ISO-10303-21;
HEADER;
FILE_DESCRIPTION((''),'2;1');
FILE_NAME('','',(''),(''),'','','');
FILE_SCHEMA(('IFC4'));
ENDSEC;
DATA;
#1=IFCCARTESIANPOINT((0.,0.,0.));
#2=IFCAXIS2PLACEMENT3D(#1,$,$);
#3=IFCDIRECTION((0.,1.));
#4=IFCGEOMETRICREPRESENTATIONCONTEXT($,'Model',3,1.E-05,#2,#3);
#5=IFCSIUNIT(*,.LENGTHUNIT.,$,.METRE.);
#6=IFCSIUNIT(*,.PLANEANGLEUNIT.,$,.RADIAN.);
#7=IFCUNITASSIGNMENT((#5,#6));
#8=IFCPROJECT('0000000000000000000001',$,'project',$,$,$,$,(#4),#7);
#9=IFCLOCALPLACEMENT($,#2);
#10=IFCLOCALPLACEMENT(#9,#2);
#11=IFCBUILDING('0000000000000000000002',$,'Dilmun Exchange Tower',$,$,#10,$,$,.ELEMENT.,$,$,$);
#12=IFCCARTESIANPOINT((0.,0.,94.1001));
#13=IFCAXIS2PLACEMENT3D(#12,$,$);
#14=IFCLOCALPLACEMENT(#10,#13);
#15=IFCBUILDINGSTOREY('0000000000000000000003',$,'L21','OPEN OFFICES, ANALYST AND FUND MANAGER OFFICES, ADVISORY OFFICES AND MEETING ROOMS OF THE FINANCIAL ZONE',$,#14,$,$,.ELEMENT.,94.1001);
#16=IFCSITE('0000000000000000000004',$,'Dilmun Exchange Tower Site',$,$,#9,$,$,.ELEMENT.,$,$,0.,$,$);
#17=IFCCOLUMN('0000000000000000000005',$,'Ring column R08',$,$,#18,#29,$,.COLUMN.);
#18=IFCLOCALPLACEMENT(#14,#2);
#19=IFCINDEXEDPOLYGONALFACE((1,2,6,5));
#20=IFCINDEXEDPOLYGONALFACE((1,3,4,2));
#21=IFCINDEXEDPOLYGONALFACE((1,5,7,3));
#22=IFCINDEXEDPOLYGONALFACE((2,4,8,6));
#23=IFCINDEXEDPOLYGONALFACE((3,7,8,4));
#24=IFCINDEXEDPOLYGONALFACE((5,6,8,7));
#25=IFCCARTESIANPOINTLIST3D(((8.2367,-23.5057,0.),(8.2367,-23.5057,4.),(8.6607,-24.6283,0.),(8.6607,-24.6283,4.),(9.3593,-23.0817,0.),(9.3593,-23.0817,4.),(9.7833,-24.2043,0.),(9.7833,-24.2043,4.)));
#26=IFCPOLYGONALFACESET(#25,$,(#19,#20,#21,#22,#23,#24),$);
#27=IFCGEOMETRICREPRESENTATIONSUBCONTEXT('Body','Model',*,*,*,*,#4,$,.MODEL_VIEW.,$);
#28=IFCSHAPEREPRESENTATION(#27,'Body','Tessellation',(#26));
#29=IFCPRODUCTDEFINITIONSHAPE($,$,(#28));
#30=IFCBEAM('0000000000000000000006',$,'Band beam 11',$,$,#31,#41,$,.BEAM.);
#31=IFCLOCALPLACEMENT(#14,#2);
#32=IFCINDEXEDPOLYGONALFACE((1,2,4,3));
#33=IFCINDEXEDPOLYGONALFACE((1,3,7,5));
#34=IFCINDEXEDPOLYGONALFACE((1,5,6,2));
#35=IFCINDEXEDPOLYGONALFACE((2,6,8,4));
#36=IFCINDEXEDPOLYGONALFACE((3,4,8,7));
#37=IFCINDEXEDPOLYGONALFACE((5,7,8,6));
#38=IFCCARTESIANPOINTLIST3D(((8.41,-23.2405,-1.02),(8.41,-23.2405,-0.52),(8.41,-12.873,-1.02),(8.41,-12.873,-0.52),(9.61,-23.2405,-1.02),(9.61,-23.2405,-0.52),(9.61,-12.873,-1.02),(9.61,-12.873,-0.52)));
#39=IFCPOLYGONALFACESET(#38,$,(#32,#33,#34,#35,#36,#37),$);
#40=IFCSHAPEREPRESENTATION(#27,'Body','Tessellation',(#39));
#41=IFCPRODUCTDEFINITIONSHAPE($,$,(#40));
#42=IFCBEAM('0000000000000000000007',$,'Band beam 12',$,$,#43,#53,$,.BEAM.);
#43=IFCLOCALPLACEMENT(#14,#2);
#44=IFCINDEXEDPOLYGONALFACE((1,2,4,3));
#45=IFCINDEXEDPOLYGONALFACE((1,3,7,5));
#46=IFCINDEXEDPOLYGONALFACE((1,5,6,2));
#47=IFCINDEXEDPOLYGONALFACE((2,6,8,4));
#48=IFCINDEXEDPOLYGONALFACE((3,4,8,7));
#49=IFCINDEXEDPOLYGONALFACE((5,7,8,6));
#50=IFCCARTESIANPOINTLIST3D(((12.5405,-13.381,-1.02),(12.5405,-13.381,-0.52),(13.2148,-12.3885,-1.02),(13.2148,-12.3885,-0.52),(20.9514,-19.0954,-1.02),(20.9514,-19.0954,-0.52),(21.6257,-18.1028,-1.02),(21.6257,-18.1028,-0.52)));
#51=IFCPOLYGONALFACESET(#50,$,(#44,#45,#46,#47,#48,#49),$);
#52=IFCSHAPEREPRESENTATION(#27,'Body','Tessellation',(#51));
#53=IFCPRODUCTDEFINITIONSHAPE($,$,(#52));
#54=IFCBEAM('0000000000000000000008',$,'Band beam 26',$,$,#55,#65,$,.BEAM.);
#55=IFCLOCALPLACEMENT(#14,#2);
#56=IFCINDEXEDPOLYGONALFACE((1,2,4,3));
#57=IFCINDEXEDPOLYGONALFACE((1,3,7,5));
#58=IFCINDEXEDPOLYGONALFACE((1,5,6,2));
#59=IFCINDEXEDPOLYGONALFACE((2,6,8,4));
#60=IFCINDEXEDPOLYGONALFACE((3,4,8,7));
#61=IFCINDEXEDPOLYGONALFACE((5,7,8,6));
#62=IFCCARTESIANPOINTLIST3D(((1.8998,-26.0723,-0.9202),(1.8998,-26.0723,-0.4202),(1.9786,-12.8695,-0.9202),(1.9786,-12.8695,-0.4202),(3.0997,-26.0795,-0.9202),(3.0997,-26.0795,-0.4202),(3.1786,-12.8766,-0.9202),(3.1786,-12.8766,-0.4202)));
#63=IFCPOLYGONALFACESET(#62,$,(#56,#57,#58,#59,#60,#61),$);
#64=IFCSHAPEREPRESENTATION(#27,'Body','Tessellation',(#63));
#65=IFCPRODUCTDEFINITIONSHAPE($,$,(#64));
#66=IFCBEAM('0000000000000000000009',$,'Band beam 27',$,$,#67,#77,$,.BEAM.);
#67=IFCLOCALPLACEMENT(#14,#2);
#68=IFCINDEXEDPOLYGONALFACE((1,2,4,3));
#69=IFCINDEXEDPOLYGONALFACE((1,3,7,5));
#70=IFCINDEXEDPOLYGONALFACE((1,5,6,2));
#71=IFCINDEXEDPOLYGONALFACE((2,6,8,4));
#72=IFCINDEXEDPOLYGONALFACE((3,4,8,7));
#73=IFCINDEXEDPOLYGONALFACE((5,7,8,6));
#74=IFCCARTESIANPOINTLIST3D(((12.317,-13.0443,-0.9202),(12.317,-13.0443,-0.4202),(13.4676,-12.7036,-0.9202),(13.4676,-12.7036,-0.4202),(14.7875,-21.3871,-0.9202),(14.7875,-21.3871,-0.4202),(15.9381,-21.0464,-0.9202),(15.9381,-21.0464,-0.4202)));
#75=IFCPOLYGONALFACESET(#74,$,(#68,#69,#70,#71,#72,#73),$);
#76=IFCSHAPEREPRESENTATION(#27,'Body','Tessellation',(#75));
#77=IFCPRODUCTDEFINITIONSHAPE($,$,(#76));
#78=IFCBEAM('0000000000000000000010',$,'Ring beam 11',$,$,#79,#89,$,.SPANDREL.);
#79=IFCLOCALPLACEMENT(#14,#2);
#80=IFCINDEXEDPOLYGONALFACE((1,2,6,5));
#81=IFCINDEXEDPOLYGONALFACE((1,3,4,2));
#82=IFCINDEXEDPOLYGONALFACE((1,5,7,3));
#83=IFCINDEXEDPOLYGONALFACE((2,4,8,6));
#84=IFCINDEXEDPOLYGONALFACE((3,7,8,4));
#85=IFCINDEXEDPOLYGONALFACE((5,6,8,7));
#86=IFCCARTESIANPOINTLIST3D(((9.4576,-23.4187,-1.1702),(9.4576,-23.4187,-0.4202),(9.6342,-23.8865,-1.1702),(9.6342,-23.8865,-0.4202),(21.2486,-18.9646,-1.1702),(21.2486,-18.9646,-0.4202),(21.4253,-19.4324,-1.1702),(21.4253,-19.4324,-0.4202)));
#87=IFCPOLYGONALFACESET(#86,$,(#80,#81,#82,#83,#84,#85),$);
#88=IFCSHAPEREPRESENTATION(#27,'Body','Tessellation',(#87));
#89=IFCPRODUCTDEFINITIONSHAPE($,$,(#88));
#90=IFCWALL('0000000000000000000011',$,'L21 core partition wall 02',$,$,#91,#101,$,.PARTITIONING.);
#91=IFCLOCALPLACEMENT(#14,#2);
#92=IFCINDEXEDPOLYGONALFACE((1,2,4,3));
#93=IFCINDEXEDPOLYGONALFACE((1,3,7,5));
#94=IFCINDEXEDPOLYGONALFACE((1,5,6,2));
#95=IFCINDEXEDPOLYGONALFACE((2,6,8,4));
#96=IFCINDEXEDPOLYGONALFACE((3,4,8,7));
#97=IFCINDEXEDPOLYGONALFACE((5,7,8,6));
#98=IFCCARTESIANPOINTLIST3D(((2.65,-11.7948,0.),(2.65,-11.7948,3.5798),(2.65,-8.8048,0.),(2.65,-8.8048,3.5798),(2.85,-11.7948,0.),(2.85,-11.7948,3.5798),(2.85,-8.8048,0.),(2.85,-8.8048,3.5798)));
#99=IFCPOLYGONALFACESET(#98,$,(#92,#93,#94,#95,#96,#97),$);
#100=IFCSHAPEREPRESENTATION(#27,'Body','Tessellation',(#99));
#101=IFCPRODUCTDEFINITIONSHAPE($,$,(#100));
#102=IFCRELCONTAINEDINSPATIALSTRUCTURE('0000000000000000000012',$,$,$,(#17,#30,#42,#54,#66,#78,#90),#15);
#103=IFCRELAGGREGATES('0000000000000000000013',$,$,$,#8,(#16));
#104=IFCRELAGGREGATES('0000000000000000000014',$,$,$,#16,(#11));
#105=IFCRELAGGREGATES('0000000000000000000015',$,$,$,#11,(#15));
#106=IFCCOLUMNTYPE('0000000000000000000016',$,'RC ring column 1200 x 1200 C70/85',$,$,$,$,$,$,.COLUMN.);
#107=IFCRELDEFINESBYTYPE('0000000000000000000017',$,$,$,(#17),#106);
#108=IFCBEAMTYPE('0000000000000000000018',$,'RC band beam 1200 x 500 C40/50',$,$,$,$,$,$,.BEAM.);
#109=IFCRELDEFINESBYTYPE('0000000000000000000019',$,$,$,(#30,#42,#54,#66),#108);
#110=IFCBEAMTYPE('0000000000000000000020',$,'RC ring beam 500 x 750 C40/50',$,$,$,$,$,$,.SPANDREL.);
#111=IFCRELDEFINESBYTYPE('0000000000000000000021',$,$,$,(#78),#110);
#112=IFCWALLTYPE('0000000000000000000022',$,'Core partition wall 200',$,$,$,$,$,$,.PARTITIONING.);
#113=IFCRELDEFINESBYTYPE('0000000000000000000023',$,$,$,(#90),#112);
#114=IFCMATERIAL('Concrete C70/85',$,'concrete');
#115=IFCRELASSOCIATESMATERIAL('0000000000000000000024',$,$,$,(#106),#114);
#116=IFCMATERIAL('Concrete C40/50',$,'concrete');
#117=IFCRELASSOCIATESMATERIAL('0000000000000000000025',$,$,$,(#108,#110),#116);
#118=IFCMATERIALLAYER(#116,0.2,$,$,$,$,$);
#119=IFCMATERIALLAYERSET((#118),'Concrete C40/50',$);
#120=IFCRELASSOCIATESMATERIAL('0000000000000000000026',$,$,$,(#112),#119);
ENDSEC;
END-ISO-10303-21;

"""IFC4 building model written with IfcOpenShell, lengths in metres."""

from ifc_helpers import new_model, si_unit, direction, frame, frame_2d, origin, origin_2d, place, context, subcontext, project, spatial, rectangle, extrude, material, layer, layer_set, material_profile, profile_set, type_object, element, save


model = new_model("IFC4")

# Units and contexts
model_context = context("Model", 3, precision=1e-05, world=origin(), true_north=direction((0.0, 1.0)))
body_context = subcontext(model_context, "Body", "Model", "MODEL_VIEW")
ifc_project = project(units=[si_unit("LENGTHUNIT", "METRE"), si_unit("PLANEANGLEUNIT", "RADIAN")], contexts=[model_context])

# Site, building, storey
site_placement = place(None, origin())
site = spatial("IfcSite", under=ifc_project, at=site_placement, Name="Dilmun Exchange Tower Site", CompositionType="ELEMENT", RefElevation=0.0)
building_placement = place(site_placement, origin())
building = spatial("IfcBuilding", under=site, at=building_placement, Name="Dilmun Exchange Tower", CompositionType="ELEMENT")
storey_placement = place(building_placement, frame((0.0, 0.0, 94.1001)))
storey = spatial("IfcBuildingStorey", under=building, at=storey_placement, Name="L21", Description="OPEN OFFICES, ANALYST AND FUND MANAGER OFFICES, ADVISORY OFFICES AND MEETING ROOMS OF THE FINANCIAL ZONE", CompositionType="ELEMENT", Elevation=94.1001)

# Column
ifc_material_1 = material(Name="Concrete C70/85", Category="concrete")
ifc_material_profile_1 = material_profile(ifc_material_1, rectangle(XDim=1.2, YDim=1.2, at=origin_2d()), Name="1200 x 1200")
ifc_profile_set_1 = profile_set([ifc_material_profile_1], Name="Concrete C70/85")
column_type = type_object("IfcColumnType", Name="RC ring column 1200 x 1200 C70/85", PredefinedType="COLUMN", material=ifc_profile_set_1)
column_placement = place(storey_placement, frame((9.01, -23.855, 0.0), z_axis=(0.0, 0.0, 1.0), x_axis=(0.935492, 0.353349, 0.0)))
element("IfcColumn", 1, at=column_placement, inside=storey, type_object=column_type, Name="Ring column R08", PredefinedType="COLUMN", context=body_context, shape_type="SweptSolid", body=[
    extrude(rectangle(XDim=1.2, YDim=1.2, at=origin_2d()), origin(), (0.0, 0.0, 1.0), 4.0),
])

# Beams
ifc_material_2 = material(Name="Concrete C40/50", Category="concrete")
ifc_material_profile_2 = material_profile(ifc_material_2, rectangle(XDim=1.2, YDim=0.5, at=origin_2d()), Name="1200 x 500")
ifc_profile_set_2 = profile_set([ifc_material_profile_2], Name="Concrete C40/50")
beam_type_1 = type_object("IfcBeamType", Name="RC band beam 1200 x 500 C40/50", PredefinedType="BEAM", material=ifc_profile_set_2)
beam_1_placement = place(storey_placement, frame((9.01, -23.2405, -0.77), z_axis=(0.0, 1.0, 0.0), x_axis=(-1.0, 0.0, 0.0)))
element("IfcBeam", 2, at=beam_1_placement, inside=storey, type_object=beam_type_1, Name="Band beam 11", PredefinedType="BEAM", context=body_context, shape_type="SweptSolid", body=[
    extrude(rectangle(XDim=1.2, YDim=0.5, at=origin_2d()), origin(), (0.0, 0.0, 1.0), 10.3674),
])
beam_2_placement = place(storey_placement, frame((21.2886, -18.5991, -0.77), z_axis=(-0.827157, 0.56197, 0.0), x_axis=(-0.56197, -0.827157, 0.0)))
element("IfcBeam", 3, at=beam_2_placement, inside=storey, type_object=beam_type_1, Name="Band beam 12", PredefinedType="BEAM", context=body_context, shape_type="SweptSolid", body=[
    extrude(rectangle(XDim=1.2, YDim=0.5, at=origin_2d()), origin(), (0.0, 0.0, 1.0), 10.1685),
])
beam_3_placement = place(storey_placement, frame((2.4998, -26.0759, -0.6702), z_axis=(0.005973, 0.999982, 0.0), x_axis=(-0.999982, 0.005973, 0.0)))
element("IfcBeam", 4, at=beam_3_placement, inside=storey, type_object=beam_type_1, Name="Band beam 26", PredefinedType="BEAM", context=body_context, shape_type="SweptSolid", body=[
    extrude(rectangle(XDim=1.2, YDim=0.5, at=origin_2d()), origin(), (0.0, 0.0, 1.0), 13.2031),
])
beam_4_placement = place(storey_placement, frame((15.3628, -21.2168, -0.6702), z_axis=(-0.283933, 0.958844, 0.0), x_axis=(-0.958844, -0.283933, 0.0)))
element("IfcBeam", 5, at=beam_4_placement, inside=storey, type_object=beam_type_1, Name="Band beam 27", PredefinedType="BEAM", context=body_context, shape_type="SweptSolid", body=[
    extrude(rectangle(XDim=1.2, YDim=0.5, at=origin_2d()), origin(), (0.0, 0.0, 1.0), 8.7009),
])
ifc_material_profile_3 = material_profile(ifc_material_2, rectangle(XDim=0.5, YDim=0.75, at=origin_2d()), Name="500 x 750")
ifc_profile_set_3 = profile_set([ifc_material_profile_3], Name="Concrete C40/50")
beam_type_2 = type_object("IfcBeamType", Name="RC ring beam 500 x 750 C40/50", PredefinedType="SPANDREL", material=ifc_profile_set_3)
beam_5_placement = place(storey_placement, frame((9.5459, -23.6526, -0.7952), z_axis=(0.935479, 0.353381, 0.0), x_axis=(-0.353381, 0.935479, 0.0)))
element("IfcBeam", 6, at=beam_5_placement, inside=storey, type_object=beam_type_2, Name="Ring beam 11", PredefinedType="SPANDREL", context=body_context, shape_type="SweptSolid", body=[
    extrude(rectangle(XDim=0.5, YDim=0.75, at=origin_2d()), origin(), (0.0, 0.0, 1.0), 12.6042),
])

# Wall
ifc_layer_1 = layer(ifc_material_2, 0.2)
ifc_layer_set_1 = layer_set([ifc_layer_1], Name="Concrete C40/50")
wall_type_1 = type_object("IfcWallType", Name="Core partition wall 200", PredefinedType="PARTITIONING", material=ifc_layer_set_1)
wall_1_placement = place(storey_placement, frame((2.75, -11.7949, 0.0), z_axis=(0.0, 0.0, 1.0), x_axis=(0.0, 1.0, 0.0)))
element("IfcWall", 7, at=wall_1_placement, inside=storey, type_object=wall_type_1, Name="L21 core partition wall 02", PredefinedType="PARTITIONING", context=body_context, shape_type="SweptSolid", body=[
    extrude(rectangle(XDim=2.99, YDim=0.2, at=frame_2d((1.4951, 0.0))), origin(), (0.0, 0.0, 1.0), 3.5798),
])

save(model, "model.ifc")
